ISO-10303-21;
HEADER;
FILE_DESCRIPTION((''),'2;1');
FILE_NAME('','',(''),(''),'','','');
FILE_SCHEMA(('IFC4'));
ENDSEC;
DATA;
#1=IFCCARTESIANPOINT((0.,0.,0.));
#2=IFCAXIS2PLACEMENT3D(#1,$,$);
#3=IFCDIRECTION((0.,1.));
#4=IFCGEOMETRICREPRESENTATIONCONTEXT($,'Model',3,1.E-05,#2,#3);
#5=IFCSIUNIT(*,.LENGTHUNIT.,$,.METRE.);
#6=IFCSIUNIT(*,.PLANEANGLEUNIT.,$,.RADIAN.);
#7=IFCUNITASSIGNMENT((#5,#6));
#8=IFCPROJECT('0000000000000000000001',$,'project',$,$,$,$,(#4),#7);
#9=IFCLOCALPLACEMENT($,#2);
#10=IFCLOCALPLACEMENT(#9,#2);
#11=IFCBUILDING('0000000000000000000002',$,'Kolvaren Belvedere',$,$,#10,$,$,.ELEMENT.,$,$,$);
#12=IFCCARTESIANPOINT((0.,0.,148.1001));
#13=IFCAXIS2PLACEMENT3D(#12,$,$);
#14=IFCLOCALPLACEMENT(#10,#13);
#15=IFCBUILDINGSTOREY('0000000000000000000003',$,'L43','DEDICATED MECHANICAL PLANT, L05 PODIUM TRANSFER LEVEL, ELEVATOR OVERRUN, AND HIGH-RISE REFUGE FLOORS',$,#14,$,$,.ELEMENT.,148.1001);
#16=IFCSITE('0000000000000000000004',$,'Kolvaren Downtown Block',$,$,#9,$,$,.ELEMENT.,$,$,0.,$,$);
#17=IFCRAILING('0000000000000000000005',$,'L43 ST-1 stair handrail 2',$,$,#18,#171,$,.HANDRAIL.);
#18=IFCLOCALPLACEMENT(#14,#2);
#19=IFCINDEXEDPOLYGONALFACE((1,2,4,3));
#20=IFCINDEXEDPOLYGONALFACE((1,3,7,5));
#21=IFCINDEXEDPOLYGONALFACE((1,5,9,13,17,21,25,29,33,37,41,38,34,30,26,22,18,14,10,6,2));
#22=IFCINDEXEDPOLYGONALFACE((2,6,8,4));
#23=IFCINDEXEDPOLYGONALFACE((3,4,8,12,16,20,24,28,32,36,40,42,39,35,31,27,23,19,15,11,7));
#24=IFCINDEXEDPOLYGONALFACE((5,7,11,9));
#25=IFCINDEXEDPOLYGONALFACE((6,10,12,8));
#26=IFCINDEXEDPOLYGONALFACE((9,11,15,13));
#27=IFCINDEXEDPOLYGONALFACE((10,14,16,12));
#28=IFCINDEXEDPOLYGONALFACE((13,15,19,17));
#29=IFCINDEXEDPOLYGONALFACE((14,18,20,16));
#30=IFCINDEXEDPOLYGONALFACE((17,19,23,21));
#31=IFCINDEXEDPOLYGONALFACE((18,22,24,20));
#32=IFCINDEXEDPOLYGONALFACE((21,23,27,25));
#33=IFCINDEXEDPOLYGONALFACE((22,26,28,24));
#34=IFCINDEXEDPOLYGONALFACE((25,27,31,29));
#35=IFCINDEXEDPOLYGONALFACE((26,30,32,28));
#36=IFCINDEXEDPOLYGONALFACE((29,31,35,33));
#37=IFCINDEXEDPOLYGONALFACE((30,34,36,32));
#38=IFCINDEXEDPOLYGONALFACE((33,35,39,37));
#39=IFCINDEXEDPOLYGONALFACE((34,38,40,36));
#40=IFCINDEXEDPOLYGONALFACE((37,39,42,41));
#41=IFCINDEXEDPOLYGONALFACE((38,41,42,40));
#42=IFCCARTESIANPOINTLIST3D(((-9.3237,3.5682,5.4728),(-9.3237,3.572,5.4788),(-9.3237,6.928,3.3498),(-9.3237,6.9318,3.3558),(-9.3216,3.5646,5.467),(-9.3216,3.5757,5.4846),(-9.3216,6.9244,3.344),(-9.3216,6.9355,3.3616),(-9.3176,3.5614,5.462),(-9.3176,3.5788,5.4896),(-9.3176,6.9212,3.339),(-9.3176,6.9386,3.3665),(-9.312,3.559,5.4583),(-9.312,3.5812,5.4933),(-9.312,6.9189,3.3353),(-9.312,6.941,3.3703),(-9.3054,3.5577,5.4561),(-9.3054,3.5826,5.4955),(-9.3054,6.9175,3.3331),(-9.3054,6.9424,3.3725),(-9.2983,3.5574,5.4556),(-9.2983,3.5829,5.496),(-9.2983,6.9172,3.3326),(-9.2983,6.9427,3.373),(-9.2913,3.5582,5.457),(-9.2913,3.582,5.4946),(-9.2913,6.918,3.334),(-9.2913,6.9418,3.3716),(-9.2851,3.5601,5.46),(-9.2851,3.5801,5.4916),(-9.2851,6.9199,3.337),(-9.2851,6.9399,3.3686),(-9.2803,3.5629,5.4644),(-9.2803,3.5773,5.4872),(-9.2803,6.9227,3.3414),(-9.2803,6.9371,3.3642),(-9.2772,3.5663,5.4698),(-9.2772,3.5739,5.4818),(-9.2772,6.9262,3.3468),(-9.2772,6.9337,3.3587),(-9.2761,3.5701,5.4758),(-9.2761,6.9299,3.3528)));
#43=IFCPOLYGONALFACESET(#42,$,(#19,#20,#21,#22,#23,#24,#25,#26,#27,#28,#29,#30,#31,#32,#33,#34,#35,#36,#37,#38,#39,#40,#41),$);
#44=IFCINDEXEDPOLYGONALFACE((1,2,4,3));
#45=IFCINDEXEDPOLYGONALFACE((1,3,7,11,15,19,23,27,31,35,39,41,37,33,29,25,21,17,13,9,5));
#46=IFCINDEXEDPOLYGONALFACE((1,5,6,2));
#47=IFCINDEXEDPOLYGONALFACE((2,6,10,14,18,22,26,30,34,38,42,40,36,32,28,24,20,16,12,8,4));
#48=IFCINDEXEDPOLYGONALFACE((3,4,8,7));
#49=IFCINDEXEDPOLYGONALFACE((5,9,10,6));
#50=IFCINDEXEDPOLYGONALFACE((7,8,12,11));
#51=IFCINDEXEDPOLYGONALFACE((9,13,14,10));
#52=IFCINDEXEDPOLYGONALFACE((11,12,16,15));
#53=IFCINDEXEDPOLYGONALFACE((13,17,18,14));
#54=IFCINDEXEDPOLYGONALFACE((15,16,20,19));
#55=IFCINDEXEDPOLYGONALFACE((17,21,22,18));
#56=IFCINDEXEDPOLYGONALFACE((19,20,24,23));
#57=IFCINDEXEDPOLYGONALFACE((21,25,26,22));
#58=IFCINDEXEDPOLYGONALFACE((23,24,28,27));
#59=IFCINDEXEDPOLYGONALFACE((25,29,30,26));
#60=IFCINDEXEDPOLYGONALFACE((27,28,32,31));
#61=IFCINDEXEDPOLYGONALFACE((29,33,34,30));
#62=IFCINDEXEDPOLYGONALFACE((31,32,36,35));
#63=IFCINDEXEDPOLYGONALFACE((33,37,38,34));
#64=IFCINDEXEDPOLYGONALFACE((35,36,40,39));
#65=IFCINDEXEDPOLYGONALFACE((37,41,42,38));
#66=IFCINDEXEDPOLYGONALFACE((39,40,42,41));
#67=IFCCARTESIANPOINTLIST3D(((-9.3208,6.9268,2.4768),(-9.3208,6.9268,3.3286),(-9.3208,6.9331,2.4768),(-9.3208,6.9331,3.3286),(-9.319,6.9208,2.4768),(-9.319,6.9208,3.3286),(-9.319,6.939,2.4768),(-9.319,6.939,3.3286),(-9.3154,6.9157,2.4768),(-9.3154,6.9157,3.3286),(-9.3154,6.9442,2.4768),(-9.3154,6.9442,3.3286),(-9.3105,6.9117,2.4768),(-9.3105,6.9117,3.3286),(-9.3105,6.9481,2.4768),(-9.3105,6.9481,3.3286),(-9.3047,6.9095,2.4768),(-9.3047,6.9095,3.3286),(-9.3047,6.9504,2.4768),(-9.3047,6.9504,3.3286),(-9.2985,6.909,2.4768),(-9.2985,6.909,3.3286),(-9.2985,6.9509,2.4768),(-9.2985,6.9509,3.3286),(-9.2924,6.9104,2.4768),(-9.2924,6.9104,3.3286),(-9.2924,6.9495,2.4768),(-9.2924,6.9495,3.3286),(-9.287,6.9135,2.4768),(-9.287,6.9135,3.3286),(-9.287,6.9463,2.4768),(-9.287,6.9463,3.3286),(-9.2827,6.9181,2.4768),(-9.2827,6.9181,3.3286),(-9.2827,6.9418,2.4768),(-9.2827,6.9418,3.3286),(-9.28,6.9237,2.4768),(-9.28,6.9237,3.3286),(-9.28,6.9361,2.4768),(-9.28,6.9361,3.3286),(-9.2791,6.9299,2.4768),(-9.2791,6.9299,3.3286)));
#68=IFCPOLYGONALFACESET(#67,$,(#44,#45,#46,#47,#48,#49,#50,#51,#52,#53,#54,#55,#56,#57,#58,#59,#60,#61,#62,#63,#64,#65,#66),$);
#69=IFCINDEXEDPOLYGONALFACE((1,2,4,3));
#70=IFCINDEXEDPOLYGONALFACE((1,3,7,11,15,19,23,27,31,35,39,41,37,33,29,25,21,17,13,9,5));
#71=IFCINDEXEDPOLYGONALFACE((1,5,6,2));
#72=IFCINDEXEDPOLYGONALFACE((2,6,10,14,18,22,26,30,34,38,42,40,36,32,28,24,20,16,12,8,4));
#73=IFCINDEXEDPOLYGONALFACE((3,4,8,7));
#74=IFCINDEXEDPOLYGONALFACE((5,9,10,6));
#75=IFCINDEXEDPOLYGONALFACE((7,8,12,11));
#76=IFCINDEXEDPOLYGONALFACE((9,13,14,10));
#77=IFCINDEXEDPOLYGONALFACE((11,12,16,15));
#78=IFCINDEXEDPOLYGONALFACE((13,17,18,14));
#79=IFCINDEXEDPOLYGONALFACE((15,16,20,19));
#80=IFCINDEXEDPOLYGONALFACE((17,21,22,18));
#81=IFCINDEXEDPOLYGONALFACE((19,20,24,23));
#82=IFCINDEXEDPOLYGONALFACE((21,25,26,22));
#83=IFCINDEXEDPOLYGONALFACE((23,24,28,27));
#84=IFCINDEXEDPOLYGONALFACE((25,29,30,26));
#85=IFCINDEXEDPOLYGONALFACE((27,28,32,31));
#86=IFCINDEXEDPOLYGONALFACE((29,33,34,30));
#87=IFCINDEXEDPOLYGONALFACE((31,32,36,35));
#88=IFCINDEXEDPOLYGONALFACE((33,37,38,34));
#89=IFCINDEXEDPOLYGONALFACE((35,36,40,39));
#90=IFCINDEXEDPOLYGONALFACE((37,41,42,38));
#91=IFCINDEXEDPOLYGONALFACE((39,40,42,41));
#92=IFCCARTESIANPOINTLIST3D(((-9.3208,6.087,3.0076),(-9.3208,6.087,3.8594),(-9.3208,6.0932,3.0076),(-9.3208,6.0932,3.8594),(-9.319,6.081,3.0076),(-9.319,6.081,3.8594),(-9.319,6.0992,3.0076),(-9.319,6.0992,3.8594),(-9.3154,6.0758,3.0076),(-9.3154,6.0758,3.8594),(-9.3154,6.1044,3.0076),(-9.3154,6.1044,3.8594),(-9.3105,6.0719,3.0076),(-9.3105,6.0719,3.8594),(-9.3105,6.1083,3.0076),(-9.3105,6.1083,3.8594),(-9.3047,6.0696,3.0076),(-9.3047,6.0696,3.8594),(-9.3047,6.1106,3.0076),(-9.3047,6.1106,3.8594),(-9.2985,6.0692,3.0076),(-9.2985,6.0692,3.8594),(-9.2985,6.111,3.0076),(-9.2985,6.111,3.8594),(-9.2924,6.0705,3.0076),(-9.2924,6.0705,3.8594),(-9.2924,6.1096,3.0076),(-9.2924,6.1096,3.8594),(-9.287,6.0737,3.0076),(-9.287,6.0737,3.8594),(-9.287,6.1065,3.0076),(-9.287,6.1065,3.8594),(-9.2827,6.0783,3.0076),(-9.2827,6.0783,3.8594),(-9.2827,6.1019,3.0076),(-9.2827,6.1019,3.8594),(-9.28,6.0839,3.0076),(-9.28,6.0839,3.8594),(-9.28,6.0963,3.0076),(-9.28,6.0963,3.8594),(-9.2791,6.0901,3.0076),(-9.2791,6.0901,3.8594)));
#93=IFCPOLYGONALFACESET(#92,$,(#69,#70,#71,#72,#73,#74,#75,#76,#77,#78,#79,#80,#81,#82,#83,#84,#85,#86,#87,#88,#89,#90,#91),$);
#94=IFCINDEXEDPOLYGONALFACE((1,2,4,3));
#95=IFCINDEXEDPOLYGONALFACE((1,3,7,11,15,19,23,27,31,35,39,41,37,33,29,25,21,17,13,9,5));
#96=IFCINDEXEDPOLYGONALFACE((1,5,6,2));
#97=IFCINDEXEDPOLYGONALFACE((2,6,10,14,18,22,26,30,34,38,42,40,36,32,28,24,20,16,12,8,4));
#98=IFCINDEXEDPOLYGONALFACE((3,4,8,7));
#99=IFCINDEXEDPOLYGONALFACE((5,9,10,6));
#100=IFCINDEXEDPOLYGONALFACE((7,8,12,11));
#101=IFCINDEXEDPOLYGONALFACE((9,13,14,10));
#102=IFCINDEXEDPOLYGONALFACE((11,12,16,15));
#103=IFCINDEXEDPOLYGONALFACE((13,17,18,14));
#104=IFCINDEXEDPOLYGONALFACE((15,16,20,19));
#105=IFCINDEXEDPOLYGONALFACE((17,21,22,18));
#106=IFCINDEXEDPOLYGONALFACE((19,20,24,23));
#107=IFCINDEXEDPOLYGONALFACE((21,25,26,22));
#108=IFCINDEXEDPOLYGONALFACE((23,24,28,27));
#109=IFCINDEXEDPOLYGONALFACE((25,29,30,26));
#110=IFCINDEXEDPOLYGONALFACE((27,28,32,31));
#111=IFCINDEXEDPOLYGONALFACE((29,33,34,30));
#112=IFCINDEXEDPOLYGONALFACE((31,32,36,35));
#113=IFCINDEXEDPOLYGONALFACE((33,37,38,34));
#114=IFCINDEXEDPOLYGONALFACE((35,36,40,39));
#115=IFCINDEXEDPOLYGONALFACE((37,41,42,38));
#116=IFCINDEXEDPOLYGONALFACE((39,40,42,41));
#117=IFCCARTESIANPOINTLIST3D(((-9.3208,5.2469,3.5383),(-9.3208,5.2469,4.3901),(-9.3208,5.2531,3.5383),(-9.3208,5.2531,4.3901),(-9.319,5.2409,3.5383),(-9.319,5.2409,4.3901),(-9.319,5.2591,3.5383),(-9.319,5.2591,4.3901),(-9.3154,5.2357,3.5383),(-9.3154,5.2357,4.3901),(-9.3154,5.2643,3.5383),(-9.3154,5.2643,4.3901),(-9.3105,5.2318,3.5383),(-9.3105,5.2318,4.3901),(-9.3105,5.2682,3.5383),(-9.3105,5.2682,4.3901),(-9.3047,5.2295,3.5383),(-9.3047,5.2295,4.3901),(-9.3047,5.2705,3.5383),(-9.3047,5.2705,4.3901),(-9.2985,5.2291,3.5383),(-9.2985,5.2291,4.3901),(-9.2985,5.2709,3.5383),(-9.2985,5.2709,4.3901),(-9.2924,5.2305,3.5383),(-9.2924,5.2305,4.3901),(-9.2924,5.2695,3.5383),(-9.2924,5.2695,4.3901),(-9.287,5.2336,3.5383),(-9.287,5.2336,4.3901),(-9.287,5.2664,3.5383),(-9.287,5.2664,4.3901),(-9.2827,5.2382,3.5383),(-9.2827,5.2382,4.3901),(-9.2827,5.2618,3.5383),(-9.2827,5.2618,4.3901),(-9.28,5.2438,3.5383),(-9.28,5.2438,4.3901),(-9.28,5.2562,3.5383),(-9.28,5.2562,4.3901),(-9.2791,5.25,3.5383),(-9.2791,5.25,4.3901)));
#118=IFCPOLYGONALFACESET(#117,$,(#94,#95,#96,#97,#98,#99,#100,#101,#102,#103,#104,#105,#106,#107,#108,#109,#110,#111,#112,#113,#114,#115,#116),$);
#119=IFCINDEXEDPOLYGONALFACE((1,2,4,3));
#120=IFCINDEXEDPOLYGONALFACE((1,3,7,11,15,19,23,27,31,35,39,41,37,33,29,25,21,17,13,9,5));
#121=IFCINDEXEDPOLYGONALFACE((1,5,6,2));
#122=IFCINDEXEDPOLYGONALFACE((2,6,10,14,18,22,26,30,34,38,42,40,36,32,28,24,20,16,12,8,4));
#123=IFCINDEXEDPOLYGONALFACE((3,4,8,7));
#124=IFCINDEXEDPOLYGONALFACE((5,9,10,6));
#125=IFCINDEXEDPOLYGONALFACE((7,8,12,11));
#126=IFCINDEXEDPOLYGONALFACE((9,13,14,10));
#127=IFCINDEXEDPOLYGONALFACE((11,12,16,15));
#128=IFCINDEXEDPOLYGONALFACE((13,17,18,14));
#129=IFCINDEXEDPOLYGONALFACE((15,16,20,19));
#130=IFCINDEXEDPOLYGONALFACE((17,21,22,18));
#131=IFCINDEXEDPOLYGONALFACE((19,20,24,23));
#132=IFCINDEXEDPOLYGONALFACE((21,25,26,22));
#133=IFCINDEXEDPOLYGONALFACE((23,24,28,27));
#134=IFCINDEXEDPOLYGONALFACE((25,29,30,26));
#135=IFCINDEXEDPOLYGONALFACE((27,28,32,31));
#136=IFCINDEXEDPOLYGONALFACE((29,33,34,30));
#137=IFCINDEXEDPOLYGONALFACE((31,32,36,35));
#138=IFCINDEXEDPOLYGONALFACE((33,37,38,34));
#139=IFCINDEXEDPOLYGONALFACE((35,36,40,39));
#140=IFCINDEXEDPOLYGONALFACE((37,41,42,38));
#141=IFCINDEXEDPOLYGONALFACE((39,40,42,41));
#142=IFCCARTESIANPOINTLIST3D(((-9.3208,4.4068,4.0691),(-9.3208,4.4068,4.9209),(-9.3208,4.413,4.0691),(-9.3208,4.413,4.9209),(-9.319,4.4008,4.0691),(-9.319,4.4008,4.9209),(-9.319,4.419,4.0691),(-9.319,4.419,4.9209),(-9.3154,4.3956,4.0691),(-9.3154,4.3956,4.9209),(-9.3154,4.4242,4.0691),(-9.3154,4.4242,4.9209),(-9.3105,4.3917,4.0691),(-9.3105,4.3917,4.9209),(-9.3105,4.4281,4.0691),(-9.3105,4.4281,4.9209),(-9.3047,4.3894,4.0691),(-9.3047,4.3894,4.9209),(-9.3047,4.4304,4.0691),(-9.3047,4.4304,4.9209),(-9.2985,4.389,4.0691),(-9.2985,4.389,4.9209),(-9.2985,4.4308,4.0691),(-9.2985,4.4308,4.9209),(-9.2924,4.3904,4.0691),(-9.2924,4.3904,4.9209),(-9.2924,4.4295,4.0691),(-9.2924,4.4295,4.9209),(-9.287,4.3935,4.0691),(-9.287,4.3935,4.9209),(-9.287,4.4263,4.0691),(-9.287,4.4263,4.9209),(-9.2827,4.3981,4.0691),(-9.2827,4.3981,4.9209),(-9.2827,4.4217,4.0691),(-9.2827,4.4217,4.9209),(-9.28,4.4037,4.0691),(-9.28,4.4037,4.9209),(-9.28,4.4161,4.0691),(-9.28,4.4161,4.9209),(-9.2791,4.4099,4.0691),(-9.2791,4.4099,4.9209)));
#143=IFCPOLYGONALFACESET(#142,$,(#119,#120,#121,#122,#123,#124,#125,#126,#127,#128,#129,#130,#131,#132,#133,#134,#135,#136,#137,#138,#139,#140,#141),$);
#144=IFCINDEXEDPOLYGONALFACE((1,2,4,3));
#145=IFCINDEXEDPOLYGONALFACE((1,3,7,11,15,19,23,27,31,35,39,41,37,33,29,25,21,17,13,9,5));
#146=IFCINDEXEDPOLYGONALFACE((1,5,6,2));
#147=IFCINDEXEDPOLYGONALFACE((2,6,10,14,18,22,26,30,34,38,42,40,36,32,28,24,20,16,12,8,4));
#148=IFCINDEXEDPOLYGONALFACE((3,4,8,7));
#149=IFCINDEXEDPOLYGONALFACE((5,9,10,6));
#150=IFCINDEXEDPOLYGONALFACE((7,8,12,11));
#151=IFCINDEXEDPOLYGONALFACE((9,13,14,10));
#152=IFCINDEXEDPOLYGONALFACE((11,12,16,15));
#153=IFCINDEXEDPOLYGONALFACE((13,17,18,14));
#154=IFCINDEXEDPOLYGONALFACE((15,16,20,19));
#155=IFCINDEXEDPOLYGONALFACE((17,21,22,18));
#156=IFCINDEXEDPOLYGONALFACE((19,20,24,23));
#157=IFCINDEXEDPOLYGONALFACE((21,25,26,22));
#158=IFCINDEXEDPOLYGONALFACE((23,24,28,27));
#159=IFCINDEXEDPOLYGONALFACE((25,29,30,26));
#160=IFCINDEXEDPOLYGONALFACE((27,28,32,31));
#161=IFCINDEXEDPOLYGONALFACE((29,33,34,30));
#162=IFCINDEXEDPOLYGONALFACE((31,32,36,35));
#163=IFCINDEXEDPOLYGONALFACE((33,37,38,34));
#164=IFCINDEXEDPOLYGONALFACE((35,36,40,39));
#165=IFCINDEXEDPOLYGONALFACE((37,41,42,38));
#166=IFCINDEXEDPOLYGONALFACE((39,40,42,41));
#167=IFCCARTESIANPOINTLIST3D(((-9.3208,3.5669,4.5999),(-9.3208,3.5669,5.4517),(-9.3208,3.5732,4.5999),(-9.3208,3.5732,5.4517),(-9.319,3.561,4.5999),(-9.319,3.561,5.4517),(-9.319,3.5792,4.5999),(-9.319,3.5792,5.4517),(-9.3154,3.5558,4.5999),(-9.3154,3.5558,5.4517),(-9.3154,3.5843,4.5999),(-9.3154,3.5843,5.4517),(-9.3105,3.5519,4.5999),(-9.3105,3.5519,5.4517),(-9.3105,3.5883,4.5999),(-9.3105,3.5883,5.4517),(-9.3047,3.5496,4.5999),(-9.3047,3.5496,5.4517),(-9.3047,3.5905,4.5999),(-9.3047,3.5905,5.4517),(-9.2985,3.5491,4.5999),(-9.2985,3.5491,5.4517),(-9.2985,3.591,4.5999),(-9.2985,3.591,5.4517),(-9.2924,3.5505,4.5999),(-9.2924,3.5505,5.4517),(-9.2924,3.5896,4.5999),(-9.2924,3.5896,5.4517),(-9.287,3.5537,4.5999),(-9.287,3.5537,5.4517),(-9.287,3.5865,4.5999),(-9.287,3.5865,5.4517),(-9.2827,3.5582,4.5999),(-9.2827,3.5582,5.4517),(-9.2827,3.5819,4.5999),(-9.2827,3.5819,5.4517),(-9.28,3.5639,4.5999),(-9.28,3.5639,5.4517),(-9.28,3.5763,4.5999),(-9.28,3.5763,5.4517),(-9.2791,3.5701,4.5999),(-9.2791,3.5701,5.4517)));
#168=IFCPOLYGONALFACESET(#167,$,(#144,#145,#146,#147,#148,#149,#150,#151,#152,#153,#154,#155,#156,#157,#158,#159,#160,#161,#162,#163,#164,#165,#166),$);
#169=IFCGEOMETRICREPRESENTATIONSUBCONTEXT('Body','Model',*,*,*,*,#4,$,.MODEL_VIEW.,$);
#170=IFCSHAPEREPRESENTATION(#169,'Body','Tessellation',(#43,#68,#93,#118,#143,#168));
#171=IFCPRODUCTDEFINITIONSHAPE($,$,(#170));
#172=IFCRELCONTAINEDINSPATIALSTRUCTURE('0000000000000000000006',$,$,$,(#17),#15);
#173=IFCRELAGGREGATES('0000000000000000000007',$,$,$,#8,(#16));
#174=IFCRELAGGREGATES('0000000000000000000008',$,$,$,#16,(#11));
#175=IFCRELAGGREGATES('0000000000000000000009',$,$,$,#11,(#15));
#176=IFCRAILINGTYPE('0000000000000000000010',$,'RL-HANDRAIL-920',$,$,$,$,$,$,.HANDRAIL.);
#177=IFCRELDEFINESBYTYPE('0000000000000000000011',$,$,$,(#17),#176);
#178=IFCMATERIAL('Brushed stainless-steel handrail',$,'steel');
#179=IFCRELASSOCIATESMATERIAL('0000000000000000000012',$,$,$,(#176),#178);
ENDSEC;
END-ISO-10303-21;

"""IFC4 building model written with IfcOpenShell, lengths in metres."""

from ifc_helpers import new_model, si_unit, direction, frame, origin, origin_2d, place, context, subcontext, project, spatial, circle, extrude, material, type_object, element, save


model = new_model("IFC4")

# Units and contexts
model_context = context("Model", 3, precision=1e-05, world=origin(), true_north=direction((0.0, 1.0)))
body_context = subcontext(model_context, "Body", "Model", "MODEL_VIEW")
ifc_project = project(units=[si_unit("LENGTHUNIT", "METRE"), si_unit("PLANEANGLEUNIT", "RADIAN")], contexts=[model_context])

# Site, building, storey
site_placement = place(None, origin())
site = spatial("IfcSite", under=ifc_project, at=site_placement, Name="Kolvaren Downtown Block", CompositionType="ELEMENT", RefElevation=0.0)
building_placement = place(site_placement, origin())
building = spatial("IfcBuilding", under=site, at=building_placement, Name="Kolvaren Belvedere", CompositionType="ELEMENT")
storey_placement = place(building_placement, frame((0.0, 0.0, 148.1001)))
storey = spatial("IfcBuildingStorey", under=building, at=storey_placement, Name="L43", Description="DEDICATED MECHANICAL PLANT, L05 PODIUM TRANSFER LEVEL, ELEVATOR OVERRUN, AND HIGH-RISE REFUGE FLOORS", CompositionType="ELEMENT", Elevation=148.1001)

# Railing
ifc_material_1 = material(Name="Brushed stainless-steel handrail", Category="steel")
railing_type_1 = type_object("IfcRailingType", Name="RL-HANDRAIL-920", PredefinedType="HANDRAIL", material=ifc_material_1)
railing_1_placement = place(storey_placement, frame((-9.3, 6.9299, 2.4768)))
element("IfcRailing", 1, at=railing_1_placement, inside=storey, type_object=railing_type_1, Name="L43 ST-1 stair handrail 2", PredefinedType="HANDRAIL", context=body_context, shape_type="SweptSolid", body=[
    extrude(circle(Radius=0.0239, at=origin_2d()), frame((0.0, 0.0, 0.876), z_axis=(0.0, -0.845372, 0.534178), x_axis=(1.0, 0.0, 0.0)), (0.0, 0.0, 1.0), 3.9744),
    extrude(circle(Radius=0.021, at=origin_2d()), origin(), (0.0, 0.0, 1.0), 0.8518),
    extrude(circle(Radius=0.021, at=origin_2d()), frame((0.0, -0.8398, 0.5308)), (0.0, 0.0, 1.0), 0.8518),
    extrude(circle(Radius=0.021, at=origin_2d()), frame((0.0, -1.6799, 1.0615)), (0.0, 0.0, 1.0), 0.8518),
    extrude(circle(Radius=0.021, at=origin_2d()), frame((0.0, -2.52, 1.5923)), (0.0, 0.0, 1.0), 0.8518),
    extrude(circle(Radius=0.021, at=origin_2d()), frame((0.0, -3.3599, 2.123)), (0.0, 0.0, 1.0), 0.8518),
])

save(model, "model.ifc")
